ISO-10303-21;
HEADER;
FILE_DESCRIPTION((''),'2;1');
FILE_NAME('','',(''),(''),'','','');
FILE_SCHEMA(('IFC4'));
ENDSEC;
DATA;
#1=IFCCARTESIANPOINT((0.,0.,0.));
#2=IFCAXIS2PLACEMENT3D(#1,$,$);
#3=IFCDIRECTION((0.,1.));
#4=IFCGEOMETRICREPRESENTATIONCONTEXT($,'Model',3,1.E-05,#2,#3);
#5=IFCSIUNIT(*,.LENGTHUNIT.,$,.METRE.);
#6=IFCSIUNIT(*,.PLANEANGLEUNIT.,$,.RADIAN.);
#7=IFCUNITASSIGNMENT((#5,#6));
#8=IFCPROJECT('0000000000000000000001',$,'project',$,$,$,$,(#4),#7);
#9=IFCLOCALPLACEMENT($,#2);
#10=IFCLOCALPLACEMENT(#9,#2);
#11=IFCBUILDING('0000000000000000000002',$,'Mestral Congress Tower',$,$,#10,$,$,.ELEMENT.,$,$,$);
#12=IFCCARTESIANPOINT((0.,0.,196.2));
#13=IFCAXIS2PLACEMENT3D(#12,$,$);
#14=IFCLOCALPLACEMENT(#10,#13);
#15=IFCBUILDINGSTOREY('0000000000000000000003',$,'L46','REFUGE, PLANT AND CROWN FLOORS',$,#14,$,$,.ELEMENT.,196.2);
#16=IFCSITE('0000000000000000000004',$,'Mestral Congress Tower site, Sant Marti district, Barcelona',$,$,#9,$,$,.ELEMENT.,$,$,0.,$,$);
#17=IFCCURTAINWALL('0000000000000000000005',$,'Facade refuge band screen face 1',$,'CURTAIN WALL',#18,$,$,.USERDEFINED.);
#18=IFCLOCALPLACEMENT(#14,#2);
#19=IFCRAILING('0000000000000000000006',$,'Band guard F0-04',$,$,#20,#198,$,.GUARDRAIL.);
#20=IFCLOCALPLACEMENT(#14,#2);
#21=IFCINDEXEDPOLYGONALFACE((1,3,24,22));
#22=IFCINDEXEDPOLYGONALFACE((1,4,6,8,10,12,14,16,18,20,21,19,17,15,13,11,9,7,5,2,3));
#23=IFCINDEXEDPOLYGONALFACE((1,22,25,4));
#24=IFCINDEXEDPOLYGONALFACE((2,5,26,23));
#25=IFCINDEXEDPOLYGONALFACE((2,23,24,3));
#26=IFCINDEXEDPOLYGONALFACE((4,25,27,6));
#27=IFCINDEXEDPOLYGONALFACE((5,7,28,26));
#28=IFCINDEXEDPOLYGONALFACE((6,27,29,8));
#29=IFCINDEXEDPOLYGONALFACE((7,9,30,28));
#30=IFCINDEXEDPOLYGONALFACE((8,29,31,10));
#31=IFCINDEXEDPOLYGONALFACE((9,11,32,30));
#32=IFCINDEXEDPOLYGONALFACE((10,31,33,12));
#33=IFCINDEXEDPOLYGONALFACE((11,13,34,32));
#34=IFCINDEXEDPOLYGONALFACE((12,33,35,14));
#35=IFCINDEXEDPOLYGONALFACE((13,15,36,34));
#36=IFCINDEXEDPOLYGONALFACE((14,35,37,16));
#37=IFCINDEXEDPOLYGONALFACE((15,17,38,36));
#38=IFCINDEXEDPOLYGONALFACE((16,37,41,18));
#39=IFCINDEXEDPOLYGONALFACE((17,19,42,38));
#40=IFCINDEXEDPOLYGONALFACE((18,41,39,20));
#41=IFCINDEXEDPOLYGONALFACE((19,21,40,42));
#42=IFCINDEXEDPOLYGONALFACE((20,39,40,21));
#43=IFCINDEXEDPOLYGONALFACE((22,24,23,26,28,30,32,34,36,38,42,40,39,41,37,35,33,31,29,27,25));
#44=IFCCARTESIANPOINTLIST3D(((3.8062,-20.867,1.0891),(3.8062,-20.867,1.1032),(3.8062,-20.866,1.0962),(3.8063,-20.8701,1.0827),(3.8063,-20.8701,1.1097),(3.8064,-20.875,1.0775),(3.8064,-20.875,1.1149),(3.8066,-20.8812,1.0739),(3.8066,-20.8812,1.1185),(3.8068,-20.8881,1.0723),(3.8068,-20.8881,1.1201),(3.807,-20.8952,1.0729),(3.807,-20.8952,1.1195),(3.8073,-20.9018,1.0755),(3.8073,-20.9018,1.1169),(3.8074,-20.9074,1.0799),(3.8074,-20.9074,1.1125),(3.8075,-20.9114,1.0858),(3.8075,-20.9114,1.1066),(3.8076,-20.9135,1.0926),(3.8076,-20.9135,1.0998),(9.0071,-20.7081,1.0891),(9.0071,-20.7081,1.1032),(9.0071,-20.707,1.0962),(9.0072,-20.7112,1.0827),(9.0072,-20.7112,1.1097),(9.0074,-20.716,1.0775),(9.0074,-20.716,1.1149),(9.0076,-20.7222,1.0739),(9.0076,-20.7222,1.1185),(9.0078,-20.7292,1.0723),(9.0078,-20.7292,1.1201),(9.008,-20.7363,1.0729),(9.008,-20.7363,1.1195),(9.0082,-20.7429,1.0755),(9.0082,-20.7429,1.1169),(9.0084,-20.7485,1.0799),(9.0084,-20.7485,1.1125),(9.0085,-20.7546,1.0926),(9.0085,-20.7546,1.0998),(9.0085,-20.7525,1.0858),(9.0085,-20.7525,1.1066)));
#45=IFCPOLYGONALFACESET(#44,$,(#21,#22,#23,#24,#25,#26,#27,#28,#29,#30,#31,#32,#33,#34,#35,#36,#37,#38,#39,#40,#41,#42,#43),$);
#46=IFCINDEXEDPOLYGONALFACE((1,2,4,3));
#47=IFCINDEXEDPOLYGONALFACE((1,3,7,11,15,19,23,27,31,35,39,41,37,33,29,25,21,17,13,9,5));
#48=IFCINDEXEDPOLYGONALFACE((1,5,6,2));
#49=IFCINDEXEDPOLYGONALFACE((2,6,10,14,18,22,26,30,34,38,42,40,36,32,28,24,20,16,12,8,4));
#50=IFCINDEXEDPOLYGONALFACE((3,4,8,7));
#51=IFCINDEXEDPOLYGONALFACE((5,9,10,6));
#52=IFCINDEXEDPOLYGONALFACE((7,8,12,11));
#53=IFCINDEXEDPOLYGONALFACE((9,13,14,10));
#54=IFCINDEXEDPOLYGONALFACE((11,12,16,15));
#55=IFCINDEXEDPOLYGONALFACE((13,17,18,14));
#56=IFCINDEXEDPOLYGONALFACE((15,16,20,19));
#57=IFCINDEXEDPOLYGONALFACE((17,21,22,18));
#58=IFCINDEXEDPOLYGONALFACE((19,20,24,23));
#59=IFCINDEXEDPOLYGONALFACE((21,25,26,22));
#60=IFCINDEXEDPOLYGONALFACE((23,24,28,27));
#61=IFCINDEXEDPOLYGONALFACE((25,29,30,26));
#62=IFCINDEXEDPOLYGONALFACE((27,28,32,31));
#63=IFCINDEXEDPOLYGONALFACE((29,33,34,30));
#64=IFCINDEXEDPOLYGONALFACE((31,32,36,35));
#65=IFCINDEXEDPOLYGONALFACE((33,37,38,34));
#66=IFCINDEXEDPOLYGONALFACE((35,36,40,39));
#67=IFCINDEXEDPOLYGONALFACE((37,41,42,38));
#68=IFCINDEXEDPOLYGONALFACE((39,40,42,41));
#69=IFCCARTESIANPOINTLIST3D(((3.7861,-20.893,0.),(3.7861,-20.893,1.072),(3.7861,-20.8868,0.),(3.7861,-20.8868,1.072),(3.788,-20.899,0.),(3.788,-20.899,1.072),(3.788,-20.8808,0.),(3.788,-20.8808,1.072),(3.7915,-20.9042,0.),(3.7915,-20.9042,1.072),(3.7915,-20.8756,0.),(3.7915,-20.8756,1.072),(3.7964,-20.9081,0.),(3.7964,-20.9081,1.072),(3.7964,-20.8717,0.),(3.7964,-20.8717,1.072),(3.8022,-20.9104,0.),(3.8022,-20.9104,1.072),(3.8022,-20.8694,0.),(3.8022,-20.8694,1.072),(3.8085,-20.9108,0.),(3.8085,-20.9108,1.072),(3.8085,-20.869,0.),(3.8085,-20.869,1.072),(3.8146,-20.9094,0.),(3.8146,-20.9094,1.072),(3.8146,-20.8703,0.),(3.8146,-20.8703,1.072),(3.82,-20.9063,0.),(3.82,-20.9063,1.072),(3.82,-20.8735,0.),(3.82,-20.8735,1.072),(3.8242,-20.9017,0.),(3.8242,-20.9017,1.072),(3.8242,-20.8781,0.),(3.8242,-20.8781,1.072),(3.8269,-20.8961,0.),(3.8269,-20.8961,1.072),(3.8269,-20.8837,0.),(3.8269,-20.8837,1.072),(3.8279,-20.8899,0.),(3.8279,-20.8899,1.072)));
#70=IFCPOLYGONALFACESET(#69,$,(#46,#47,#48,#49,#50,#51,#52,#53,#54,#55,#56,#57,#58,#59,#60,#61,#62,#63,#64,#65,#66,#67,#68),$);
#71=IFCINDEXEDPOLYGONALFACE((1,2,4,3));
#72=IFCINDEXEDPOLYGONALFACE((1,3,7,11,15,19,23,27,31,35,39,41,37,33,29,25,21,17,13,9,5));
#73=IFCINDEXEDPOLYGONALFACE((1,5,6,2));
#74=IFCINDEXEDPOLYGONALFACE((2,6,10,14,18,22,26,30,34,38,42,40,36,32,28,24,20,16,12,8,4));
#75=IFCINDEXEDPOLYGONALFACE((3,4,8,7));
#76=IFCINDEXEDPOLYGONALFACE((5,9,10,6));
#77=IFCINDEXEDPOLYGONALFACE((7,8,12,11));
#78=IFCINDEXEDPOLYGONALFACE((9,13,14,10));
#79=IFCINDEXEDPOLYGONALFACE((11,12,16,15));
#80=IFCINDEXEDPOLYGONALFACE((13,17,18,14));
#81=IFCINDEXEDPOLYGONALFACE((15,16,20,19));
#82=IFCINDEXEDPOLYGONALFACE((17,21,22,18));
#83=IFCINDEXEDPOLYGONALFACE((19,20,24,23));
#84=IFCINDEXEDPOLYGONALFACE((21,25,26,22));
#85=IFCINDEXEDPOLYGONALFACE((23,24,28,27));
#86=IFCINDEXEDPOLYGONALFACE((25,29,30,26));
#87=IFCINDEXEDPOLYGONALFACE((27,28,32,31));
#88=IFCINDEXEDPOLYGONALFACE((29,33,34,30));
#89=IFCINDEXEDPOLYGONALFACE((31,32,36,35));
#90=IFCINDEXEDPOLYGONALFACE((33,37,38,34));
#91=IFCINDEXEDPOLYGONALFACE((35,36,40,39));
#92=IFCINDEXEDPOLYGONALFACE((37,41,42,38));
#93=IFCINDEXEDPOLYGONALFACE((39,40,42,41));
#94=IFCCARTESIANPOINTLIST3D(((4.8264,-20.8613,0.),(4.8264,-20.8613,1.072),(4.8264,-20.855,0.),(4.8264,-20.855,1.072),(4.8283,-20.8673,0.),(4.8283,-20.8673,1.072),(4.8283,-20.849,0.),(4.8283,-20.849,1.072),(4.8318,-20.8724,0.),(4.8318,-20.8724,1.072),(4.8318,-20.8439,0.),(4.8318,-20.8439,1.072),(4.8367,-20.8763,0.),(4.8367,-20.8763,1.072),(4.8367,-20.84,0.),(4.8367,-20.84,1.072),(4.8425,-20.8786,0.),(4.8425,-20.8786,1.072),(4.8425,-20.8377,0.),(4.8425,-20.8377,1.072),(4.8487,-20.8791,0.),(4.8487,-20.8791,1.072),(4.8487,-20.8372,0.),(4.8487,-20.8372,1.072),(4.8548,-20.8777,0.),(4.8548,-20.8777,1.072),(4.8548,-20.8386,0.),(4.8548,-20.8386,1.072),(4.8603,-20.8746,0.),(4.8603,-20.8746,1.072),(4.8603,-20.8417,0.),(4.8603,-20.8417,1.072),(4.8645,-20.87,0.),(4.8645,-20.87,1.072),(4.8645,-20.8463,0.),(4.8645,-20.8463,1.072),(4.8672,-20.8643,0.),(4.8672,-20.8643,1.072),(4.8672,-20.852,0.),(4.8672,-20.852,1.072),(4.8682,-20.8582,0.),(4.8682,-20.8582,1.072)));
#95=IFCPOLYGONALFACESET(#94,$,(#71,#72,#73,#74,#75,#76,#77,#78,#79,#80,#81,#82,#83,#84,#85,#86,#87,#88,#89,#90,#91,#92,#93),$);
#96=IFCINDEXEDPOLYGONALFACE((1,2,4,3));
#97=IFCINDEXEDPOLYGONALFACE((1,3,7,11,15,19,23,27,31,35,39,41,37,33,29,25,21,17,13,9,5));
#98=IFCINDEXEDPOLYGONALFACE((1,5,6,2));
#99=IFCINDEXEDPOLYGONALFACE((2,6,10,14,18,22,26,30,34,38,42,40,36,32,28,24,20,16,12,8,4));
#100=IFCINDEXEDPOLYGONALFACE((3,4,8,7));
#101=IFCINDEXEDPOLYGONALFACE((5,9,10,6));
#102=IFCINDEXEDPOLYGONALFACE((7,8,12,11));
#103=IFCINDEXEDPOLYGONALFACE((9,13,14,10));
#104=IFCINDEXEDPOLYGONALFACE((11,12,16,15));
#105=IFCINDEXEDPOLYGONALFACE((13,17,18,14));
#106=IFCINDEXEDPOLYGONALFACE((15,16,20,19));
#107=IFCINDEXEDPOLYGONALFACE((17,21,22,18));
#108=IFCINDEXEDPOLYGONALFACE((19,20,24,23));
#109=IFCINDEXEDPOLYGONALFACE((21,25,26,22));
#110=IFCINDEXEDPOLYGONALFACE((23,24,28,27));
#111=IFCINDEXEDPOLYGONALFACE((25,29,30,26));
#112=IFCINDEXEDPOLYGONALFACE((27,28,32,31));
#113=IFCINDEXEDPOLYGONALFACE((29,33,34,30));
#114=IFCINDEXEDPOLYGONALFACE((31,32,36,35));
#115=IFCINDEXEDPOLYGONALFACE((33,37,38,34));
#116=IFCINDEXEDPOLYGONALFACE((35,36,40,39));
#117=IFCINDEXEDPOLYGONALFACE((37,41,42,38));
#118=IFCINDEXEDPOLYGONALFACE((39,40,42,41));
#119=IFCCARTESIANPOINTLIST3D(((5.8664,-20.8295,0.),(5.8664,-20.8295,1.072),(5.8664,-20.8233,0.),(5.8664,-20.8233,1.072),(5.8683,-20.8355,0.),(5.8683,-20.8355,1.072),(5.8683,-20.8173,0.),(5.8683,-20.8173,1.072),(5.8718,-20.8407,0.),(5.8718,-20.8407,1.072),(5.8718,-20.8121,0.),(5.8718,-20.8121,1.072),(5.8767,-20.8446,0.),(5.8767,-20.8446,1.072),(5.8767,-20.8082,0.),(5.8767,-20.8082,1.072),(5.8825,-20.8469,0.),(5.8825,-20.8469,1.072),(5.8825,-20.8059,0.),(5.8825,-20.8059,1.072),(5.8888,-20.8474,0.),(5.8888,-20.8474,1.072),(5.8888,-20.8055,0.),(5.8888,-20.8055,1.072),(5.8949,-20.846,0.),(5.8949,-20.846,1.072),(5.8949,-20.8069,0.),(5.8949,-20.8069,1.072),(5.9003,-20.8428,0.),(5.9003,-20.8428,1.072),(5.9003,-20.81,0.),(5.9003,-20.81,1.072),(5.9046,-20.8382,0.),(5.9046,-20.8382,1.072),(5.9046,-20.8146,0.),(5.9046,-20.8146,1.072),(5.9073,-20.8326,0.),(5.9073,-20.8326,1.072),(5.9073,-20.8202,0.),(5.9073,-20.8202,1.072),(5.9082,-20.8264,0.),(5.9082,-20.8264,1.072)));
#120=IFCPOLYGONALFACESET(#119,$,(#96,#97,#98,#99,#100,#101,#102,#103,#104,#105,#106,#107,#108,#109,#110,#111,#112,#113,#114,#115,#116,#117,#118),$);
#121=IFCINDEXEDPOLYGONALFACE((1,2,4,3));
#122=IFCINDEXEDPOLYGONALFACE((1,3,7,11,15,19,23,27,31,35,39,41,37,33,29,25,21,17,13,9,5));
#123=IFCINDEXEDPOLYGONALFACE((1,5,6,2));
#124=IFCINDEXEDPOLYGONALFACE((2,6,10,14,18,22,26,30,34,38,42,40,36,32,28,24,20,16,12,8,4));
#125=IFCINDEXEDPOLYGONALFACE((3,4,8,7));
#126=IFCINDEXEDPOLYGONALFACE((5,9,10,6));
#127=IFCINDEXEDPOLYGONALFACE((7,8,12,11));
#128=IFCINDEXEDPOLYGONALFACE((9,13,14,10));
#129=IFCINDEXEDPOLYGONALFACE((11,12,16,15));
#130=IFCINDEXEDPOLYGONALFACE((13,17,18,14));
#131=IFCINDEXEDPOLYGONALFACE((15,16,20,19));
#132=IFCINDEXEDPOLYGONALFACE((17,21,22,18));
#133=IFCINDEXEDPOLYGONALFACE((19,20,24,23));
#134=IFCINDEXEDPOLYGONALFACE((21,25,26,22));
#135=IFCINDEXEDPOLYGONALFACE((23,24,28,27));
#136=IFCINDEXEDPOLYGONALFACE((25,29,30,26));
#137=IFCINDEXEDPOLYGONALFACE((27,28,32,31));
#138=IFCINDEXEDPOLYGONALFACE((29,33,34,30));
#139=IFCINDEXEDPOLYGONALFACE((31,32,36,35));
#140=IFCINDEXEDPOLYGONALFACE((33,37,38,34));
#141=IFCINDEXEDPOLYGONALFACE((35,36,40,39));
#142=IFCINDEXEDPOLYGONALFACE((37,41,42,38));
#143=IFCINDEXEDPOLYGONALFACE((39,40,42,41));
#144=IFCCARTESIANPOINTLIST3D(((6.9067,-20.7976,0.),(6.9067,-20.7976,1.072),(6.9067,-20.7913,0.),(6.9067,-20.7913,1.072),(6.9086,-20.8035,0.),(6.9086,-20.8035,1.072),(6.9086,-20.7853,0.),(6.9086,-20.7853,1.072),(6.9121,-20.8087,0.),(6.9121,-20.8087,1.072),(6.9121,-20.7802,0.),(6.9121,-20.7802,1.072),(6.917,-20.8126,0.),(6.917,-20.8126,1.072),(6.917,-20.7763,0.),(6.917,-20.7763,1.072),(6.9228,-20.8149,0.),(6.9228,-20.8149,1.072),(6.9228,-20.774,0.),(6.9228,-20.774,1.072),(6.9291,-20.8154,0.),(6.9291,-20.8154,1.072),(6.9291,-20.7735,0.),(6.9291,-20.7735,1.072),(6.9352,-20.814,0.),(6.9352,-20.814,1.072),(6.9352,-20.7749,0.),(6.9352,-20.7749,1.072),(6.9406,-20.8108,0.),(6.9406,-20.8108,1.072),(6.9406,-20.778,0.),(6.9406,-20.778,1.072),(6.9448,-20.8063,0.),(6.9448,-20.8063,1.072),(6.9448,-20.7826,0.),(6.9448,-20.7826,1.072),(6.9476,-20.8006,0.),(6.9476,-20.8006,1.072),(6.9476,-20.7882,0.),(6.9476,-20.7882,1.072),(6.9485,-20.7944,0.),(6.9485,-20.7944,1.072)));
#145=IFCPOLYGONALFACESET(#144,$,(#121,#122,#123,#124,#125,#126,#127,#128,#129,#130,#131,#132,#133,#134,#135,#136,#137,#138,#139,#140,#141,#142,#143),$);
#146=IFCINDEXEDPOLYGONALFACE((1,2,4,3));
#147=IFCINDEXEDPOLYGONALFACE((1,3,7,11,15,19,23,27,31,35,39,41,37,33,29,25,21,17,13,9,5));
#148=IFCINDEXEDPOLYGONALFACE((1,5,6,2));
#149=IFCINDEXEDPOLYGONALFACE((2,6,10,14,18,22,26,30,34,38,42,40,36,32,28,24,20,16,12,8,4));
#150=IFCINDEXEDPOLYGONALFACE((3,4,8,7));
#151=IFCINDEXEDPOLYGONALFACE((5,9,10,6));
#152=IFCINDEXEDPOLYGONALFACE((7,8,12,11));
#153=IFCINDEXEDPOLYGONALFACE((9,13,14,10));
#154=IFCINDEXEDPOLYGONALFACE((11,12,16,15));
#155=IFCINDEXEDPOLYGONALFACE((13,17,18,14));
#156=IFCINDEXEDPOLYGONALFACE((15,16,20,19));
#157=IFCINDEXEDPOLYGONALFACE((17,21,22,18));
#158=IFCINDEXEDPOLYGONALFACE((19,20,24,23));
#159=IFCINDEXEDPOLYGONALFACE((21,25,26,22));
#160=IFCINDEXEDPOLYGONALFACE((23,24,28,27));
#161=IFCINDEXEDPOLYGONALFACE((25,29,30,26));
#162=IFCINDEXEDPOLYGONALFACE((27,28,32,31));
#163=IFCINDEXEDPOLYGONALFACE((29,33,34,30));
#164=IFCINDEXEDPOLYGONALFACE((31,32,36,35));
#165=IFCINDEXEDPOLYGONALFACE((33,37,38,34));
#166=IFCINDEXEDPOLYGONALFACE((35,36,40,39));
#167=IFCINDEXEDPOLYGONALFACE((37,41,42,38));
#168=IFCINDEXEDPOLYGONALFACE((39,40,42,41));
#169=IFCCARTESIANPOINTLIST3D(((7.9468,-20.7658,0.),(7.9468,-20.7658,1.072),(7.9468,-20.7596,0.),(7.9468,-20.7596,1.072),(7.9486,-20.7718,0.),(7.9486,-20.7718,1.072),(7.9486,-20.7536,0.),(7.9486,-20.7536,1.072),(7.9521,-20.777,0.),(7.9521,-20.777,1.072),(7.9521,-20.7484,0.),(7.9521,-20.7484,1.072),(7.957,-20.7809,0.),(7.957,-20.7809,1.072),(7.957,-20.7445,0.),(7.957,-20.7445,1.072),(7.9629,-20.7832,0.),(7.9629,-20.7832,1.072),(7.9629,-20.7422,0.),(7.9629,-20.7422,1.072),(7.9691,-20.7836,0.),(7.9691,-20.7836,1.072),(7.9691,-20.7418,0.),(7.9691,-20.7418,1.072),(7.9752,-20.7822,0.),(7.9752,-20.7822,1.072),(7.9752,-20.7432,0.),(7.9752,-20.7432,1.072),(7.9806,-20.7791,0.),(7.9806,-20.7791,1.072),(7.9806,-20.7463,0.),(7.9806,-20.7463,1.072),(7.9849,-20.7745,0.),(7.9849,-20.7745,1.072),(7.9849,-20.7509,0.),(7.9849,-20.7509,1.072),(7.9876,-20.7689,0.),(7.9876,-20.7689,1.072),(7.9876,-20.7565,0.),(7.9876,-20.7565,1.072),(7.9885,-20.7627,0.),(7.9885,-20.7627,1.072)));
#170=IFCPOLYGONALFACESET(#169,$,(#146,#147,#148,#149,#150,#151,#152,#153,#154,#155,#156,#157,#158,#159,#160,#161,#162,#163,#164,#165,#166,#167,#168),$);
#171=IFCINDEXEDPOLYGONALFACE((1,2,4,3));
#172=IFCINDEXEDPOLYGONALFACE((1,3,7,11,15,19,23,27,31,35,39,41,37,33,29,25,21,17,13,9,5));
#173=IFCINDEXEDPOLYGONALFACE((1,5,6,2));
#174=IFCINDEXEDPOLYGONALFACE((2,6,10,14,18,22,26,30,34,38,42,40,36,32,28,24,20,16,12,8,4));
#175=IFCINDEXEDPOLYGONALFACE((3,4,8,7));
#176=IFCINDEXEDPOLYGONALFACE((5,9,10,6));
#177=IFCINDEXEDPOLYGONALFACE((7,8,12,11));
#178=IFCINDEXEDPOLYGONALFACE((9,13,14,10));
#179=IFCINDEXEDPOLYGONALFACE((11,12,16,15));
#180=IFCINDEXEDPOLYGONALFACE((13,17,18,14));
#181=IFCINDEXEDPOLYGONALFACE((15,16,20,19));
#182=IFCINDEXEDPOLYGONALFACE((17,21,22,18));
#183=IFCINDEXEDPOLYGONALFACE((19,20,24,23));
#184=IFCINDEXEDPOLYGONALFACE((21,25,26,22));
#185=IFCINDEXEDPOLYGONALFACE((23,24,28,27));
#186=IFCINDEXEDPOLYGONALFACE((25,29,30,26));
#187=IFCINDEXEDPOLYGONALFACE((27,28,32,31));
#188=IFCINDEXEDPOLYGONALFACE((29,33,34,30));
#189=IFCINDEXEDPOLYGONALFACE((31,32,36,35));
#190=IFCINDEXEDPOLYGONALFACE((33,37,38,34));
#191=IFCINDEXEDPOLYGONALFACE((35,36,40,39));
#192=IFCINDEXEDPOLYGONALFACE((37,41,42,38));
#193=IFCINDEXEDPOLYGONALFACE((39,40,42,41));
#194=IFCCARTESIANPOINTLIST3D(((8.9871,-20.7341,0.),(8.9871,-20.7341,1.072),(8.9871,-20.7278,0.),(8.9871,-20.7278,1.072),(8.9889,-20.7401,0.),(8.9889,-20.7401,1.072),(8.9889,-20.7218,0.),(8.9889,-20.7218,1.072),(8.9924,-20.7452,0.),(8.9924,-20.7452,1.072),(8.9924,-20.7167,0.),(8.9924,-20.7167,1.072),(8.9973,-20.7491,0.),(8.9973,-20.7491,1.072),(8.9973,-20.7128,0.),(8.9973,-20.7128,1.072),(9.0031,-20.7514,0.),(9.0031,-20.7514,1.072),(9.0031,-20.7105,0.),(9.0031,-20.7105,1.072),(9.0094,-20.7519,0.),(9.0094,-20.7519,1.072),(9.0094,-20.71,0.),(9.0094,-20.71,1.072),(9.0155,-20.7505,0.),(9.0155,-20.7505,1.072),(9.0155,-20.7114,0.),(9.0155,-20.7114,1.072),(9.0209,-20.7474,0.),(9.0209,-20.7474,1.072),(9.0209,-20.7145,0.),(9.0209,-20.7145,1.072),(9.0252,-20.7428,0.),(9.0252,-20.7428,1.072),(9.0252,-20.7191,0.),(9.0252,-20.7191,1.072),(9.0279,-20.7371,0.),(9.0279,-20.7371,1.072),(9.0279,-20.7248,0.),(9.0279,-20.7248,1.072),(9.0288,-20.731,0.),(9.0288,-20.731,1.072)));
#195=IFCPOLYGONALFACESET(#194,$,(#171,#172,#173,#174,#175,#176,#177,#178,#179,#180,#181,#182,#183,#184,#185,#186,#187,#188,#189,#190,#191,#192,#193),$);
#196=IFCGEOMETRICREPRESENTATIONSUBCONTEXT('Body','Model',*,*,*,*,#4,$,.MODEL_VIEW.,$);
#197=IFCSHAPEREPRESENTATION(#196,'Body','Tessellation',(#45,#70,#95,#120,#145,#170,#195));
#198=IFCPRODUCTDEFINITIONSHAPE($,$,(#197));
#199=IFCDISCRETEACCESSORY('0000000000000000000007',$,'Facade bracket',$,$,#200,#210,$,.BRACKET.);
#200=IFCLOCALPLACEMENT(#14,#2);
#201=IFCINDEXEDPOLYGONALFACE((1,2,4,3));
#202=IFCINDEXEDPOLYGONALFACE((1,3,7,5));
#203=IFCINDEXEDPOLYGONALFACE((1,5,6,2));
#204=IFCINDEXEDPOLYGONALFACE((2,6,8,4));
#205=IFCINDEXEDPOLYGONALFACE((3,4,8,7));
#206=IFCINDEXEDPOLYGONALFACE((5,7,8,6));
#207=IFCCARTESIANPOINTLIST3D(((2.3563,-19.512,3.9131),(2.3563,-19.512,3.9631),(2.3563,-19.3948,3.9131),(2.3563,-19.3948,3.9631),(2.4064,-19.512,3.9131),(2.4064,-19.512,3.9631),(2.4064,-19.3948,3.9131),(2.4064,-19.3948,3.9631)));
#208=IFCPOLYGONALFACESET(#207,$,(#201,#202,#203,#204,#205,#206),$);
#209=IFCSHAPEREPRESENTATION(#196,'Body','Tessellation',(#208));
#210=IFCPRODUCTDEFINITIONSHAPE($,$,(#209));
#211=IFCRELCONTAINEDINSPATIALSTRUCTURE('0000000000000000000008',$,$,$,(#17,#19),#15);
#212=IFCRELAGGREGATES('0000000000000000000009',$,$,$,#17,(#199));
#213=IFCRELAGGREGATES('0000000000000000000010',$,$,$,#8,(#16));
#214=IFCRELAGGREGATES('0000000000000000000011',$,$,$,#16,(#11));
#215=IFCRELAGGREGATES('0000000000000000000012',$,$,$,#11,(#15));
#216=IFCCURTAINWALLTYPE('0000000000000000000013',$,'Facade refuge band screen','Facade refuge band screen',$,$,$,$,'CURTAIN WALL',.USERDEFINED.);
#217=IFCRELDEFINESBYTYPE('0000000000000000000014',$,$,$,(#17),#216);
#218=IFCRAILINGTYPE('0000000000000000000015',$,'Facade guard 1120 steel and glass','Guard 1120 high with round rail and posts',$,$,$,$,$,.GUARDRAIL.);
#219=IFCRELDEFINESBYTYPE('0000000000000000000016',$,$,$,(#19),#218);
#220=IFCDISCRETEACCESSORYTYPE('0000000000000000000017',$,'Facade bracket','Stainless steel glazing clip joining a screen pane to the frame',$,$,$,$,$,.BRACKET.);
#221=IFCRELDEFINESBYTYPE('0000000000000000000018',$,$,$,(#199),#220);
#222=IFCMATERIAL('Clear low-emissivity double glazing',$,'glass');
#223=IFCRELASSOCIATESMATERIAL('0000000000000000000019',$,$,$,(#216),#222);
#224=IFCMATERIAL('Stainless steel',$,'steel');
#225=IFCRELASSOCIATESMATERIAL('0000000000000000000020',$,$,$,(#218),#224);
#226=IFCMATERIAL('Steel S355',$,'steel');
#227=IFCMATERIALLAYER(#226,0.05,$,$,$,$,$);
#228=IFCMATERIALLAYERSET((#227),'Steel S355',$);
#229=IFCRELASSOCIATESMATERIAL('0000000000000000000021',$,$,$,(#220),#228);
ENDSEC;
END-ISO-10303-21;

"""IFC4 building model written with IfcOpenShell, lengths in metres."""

from ifc_helpers import new_model, si_unit, direction, frame, origin, origin_2d, place, context, subcontext, project, spatial, rectangle, circle, extrude, material, layer, layer_set, type_object, element, aggregate, save


model = new_model("IFC4")

# Units and contexts
model_context = context("Model", 3, precision=1e-05, world=origin(), true_north=direction((0.0, 1.0)))
body_context = subcontext(model_context, "Body", "Model", "MODEL_VIEW")
ifc_project = project(units=[si_unit("LENGTHUNIT", "METRE"), si_unit("PLANEANGLEUNIT", "RADIAN")], contexts=[model_context])

# Site, building, storey
site_placement = place(None, origin())
site = spatial("IfcSite", under=ifc_project, at=site_placement, Name="Mestral Congress Tower site, Sant Marti district, Barcelona", CompositionType="ELEMENT", RefElevation=0.0)
building_placement = place(site_placement, origin())
building = spatial("IfcBuilding", under=site, at=building_placement, Name="Mestral Congress Tower", CompositionType="ELEMENT")
storey_placement = place(building_placement, frame((0.0, 0.0, 196.2)))
storey = spatial("IfcBuildingStorey", under=building, at=storey_placement, Name="L46", Description="REFUGE, PLANT AND CROWN FLOORS", CompositionType="ELEMENT", Elevation=196.2)

# Shared definitions
ifc_material_1 = material(Name="Steel S355", Category="steel")

# Curtain wall
ifc_material_2 = material(Name="Clear low-emissivity double glazing", Category="glass")
curtain_wall_type = type_object("IfcCurtainWallType", Name="Facade refuge band screen", Description="Facade refuge band screen", ElementType="CURTAIN WALL", PredefinedType="USERDEFINED", material=ifc_material_2)
curtain_wall_placement = place(storey_placement, origin())
curtain_wall = element("IfcCurtainWall", 1, at=curtain_wall_placement, inside=storey, type_object=curtain_wall_type, Name="Facade refuge band screen face 1", ObjectType="CURTAIN WALL", PredefinedType="USERDEFINED")

# Railing
ifc_material_3 = material(Name="Stainless steel", Category="steel")
railing_type = type_object("IfcRailingType", Name="Facade guard 1120 steel and glass", Description="Guard 1120 high with round rail and posts", PredefinedType="GUARDRAIL", material=ifc_material_3)
railing_placement = place(storey_placement, frame((3.8069, -20.8899, 0.0)))
element("IfcRailing", 2, at=railing_placement, inside=storey, type_object=railing_type, Name="Band guard F0-04", PredefinedType="GUARDRAIL", context=body_context, shape_type="SweptSolid", body=[
    extrude(circle(Radius=0.0239, at=origin_2d()), frame((0.0, 0.0, 1.0962), z_axis=(0.999533, 0.030545, 0.0), x_axis=(-0.030545, 0.999533, 0.0)), (0.0, 0.0, 1.0), 5.2034),
    extrude(circle(Radius=0.021, at=origin_2d()), origin(), (0.0, 0.0, 1.0), 1.072),
    extrude(circle(Radius=0.021, at=origin_2d()), frame((1.0403, 0.0317, 0.0)), (0.0, 0.0, 1.0), 1.072),
    extrude(circle(Radius=0.021, at=origin_2d()), frame((2.0803, 0.0635, 0.0)), (0.0, 0.0, 1.0), 1.072),
    extrude(circle(Radius=0.021, at=origin_2d()), frame((3.1206, 0.0955, 0.0)), (0.0, 0.0, 1.0), 1.072),
    extrude(circle(Radius=0.021, at=origin_2d()), frame((4.1606, 0.1272, 0.0)), (0.0, 0.0, 1.0), 1.072),
    extrude(circle(Radius=0.021, at=origin_2d()), frame((5.2009, 0.1589, 0.0)), (0.0, 0.0, 1.0), 1.072),
])

# Discrete accessory
ifc_layer_1 = layer(ifc_material_1, 0.05)
ifc_layer_set_1 = layer_set([ifc_layer_1], Name="Steel S355")
discrete_accessory_type = type_object("IfcDiscreteAccessoryType", Name="Facade bracket", Description="Stainless steel glazing clip joining a screen pane to the frame", PredefinedType="BRACKET", material=ifc_layer_set_1)
discrete_accessory_1_placement = place(storey_placement, frame((2.3813, -19.4534, 3.9131), z_axis=(0.0, 0.0, 1.0), x_axis=(1.0, 0.0, 0.0)))
discrete_accessory_1 = element("IfcDiscreteAccessory", 3, at=discrete_accessory_1_placement, type_object=discrete_accessory_type, Name="Facade bracket", PredefinedType="BRACKET", context=body_context, shape_type="SweptSolid", body=[
    extrude(rectangle(XDim=0.05, YDim=0.1172, at=origin_2d()), origin(), (0.0, 0.0, 1.0), 0.05),
])
aggregate(curtain_wall, [discrete_accessory_1])

save(model, "model.ifc")
